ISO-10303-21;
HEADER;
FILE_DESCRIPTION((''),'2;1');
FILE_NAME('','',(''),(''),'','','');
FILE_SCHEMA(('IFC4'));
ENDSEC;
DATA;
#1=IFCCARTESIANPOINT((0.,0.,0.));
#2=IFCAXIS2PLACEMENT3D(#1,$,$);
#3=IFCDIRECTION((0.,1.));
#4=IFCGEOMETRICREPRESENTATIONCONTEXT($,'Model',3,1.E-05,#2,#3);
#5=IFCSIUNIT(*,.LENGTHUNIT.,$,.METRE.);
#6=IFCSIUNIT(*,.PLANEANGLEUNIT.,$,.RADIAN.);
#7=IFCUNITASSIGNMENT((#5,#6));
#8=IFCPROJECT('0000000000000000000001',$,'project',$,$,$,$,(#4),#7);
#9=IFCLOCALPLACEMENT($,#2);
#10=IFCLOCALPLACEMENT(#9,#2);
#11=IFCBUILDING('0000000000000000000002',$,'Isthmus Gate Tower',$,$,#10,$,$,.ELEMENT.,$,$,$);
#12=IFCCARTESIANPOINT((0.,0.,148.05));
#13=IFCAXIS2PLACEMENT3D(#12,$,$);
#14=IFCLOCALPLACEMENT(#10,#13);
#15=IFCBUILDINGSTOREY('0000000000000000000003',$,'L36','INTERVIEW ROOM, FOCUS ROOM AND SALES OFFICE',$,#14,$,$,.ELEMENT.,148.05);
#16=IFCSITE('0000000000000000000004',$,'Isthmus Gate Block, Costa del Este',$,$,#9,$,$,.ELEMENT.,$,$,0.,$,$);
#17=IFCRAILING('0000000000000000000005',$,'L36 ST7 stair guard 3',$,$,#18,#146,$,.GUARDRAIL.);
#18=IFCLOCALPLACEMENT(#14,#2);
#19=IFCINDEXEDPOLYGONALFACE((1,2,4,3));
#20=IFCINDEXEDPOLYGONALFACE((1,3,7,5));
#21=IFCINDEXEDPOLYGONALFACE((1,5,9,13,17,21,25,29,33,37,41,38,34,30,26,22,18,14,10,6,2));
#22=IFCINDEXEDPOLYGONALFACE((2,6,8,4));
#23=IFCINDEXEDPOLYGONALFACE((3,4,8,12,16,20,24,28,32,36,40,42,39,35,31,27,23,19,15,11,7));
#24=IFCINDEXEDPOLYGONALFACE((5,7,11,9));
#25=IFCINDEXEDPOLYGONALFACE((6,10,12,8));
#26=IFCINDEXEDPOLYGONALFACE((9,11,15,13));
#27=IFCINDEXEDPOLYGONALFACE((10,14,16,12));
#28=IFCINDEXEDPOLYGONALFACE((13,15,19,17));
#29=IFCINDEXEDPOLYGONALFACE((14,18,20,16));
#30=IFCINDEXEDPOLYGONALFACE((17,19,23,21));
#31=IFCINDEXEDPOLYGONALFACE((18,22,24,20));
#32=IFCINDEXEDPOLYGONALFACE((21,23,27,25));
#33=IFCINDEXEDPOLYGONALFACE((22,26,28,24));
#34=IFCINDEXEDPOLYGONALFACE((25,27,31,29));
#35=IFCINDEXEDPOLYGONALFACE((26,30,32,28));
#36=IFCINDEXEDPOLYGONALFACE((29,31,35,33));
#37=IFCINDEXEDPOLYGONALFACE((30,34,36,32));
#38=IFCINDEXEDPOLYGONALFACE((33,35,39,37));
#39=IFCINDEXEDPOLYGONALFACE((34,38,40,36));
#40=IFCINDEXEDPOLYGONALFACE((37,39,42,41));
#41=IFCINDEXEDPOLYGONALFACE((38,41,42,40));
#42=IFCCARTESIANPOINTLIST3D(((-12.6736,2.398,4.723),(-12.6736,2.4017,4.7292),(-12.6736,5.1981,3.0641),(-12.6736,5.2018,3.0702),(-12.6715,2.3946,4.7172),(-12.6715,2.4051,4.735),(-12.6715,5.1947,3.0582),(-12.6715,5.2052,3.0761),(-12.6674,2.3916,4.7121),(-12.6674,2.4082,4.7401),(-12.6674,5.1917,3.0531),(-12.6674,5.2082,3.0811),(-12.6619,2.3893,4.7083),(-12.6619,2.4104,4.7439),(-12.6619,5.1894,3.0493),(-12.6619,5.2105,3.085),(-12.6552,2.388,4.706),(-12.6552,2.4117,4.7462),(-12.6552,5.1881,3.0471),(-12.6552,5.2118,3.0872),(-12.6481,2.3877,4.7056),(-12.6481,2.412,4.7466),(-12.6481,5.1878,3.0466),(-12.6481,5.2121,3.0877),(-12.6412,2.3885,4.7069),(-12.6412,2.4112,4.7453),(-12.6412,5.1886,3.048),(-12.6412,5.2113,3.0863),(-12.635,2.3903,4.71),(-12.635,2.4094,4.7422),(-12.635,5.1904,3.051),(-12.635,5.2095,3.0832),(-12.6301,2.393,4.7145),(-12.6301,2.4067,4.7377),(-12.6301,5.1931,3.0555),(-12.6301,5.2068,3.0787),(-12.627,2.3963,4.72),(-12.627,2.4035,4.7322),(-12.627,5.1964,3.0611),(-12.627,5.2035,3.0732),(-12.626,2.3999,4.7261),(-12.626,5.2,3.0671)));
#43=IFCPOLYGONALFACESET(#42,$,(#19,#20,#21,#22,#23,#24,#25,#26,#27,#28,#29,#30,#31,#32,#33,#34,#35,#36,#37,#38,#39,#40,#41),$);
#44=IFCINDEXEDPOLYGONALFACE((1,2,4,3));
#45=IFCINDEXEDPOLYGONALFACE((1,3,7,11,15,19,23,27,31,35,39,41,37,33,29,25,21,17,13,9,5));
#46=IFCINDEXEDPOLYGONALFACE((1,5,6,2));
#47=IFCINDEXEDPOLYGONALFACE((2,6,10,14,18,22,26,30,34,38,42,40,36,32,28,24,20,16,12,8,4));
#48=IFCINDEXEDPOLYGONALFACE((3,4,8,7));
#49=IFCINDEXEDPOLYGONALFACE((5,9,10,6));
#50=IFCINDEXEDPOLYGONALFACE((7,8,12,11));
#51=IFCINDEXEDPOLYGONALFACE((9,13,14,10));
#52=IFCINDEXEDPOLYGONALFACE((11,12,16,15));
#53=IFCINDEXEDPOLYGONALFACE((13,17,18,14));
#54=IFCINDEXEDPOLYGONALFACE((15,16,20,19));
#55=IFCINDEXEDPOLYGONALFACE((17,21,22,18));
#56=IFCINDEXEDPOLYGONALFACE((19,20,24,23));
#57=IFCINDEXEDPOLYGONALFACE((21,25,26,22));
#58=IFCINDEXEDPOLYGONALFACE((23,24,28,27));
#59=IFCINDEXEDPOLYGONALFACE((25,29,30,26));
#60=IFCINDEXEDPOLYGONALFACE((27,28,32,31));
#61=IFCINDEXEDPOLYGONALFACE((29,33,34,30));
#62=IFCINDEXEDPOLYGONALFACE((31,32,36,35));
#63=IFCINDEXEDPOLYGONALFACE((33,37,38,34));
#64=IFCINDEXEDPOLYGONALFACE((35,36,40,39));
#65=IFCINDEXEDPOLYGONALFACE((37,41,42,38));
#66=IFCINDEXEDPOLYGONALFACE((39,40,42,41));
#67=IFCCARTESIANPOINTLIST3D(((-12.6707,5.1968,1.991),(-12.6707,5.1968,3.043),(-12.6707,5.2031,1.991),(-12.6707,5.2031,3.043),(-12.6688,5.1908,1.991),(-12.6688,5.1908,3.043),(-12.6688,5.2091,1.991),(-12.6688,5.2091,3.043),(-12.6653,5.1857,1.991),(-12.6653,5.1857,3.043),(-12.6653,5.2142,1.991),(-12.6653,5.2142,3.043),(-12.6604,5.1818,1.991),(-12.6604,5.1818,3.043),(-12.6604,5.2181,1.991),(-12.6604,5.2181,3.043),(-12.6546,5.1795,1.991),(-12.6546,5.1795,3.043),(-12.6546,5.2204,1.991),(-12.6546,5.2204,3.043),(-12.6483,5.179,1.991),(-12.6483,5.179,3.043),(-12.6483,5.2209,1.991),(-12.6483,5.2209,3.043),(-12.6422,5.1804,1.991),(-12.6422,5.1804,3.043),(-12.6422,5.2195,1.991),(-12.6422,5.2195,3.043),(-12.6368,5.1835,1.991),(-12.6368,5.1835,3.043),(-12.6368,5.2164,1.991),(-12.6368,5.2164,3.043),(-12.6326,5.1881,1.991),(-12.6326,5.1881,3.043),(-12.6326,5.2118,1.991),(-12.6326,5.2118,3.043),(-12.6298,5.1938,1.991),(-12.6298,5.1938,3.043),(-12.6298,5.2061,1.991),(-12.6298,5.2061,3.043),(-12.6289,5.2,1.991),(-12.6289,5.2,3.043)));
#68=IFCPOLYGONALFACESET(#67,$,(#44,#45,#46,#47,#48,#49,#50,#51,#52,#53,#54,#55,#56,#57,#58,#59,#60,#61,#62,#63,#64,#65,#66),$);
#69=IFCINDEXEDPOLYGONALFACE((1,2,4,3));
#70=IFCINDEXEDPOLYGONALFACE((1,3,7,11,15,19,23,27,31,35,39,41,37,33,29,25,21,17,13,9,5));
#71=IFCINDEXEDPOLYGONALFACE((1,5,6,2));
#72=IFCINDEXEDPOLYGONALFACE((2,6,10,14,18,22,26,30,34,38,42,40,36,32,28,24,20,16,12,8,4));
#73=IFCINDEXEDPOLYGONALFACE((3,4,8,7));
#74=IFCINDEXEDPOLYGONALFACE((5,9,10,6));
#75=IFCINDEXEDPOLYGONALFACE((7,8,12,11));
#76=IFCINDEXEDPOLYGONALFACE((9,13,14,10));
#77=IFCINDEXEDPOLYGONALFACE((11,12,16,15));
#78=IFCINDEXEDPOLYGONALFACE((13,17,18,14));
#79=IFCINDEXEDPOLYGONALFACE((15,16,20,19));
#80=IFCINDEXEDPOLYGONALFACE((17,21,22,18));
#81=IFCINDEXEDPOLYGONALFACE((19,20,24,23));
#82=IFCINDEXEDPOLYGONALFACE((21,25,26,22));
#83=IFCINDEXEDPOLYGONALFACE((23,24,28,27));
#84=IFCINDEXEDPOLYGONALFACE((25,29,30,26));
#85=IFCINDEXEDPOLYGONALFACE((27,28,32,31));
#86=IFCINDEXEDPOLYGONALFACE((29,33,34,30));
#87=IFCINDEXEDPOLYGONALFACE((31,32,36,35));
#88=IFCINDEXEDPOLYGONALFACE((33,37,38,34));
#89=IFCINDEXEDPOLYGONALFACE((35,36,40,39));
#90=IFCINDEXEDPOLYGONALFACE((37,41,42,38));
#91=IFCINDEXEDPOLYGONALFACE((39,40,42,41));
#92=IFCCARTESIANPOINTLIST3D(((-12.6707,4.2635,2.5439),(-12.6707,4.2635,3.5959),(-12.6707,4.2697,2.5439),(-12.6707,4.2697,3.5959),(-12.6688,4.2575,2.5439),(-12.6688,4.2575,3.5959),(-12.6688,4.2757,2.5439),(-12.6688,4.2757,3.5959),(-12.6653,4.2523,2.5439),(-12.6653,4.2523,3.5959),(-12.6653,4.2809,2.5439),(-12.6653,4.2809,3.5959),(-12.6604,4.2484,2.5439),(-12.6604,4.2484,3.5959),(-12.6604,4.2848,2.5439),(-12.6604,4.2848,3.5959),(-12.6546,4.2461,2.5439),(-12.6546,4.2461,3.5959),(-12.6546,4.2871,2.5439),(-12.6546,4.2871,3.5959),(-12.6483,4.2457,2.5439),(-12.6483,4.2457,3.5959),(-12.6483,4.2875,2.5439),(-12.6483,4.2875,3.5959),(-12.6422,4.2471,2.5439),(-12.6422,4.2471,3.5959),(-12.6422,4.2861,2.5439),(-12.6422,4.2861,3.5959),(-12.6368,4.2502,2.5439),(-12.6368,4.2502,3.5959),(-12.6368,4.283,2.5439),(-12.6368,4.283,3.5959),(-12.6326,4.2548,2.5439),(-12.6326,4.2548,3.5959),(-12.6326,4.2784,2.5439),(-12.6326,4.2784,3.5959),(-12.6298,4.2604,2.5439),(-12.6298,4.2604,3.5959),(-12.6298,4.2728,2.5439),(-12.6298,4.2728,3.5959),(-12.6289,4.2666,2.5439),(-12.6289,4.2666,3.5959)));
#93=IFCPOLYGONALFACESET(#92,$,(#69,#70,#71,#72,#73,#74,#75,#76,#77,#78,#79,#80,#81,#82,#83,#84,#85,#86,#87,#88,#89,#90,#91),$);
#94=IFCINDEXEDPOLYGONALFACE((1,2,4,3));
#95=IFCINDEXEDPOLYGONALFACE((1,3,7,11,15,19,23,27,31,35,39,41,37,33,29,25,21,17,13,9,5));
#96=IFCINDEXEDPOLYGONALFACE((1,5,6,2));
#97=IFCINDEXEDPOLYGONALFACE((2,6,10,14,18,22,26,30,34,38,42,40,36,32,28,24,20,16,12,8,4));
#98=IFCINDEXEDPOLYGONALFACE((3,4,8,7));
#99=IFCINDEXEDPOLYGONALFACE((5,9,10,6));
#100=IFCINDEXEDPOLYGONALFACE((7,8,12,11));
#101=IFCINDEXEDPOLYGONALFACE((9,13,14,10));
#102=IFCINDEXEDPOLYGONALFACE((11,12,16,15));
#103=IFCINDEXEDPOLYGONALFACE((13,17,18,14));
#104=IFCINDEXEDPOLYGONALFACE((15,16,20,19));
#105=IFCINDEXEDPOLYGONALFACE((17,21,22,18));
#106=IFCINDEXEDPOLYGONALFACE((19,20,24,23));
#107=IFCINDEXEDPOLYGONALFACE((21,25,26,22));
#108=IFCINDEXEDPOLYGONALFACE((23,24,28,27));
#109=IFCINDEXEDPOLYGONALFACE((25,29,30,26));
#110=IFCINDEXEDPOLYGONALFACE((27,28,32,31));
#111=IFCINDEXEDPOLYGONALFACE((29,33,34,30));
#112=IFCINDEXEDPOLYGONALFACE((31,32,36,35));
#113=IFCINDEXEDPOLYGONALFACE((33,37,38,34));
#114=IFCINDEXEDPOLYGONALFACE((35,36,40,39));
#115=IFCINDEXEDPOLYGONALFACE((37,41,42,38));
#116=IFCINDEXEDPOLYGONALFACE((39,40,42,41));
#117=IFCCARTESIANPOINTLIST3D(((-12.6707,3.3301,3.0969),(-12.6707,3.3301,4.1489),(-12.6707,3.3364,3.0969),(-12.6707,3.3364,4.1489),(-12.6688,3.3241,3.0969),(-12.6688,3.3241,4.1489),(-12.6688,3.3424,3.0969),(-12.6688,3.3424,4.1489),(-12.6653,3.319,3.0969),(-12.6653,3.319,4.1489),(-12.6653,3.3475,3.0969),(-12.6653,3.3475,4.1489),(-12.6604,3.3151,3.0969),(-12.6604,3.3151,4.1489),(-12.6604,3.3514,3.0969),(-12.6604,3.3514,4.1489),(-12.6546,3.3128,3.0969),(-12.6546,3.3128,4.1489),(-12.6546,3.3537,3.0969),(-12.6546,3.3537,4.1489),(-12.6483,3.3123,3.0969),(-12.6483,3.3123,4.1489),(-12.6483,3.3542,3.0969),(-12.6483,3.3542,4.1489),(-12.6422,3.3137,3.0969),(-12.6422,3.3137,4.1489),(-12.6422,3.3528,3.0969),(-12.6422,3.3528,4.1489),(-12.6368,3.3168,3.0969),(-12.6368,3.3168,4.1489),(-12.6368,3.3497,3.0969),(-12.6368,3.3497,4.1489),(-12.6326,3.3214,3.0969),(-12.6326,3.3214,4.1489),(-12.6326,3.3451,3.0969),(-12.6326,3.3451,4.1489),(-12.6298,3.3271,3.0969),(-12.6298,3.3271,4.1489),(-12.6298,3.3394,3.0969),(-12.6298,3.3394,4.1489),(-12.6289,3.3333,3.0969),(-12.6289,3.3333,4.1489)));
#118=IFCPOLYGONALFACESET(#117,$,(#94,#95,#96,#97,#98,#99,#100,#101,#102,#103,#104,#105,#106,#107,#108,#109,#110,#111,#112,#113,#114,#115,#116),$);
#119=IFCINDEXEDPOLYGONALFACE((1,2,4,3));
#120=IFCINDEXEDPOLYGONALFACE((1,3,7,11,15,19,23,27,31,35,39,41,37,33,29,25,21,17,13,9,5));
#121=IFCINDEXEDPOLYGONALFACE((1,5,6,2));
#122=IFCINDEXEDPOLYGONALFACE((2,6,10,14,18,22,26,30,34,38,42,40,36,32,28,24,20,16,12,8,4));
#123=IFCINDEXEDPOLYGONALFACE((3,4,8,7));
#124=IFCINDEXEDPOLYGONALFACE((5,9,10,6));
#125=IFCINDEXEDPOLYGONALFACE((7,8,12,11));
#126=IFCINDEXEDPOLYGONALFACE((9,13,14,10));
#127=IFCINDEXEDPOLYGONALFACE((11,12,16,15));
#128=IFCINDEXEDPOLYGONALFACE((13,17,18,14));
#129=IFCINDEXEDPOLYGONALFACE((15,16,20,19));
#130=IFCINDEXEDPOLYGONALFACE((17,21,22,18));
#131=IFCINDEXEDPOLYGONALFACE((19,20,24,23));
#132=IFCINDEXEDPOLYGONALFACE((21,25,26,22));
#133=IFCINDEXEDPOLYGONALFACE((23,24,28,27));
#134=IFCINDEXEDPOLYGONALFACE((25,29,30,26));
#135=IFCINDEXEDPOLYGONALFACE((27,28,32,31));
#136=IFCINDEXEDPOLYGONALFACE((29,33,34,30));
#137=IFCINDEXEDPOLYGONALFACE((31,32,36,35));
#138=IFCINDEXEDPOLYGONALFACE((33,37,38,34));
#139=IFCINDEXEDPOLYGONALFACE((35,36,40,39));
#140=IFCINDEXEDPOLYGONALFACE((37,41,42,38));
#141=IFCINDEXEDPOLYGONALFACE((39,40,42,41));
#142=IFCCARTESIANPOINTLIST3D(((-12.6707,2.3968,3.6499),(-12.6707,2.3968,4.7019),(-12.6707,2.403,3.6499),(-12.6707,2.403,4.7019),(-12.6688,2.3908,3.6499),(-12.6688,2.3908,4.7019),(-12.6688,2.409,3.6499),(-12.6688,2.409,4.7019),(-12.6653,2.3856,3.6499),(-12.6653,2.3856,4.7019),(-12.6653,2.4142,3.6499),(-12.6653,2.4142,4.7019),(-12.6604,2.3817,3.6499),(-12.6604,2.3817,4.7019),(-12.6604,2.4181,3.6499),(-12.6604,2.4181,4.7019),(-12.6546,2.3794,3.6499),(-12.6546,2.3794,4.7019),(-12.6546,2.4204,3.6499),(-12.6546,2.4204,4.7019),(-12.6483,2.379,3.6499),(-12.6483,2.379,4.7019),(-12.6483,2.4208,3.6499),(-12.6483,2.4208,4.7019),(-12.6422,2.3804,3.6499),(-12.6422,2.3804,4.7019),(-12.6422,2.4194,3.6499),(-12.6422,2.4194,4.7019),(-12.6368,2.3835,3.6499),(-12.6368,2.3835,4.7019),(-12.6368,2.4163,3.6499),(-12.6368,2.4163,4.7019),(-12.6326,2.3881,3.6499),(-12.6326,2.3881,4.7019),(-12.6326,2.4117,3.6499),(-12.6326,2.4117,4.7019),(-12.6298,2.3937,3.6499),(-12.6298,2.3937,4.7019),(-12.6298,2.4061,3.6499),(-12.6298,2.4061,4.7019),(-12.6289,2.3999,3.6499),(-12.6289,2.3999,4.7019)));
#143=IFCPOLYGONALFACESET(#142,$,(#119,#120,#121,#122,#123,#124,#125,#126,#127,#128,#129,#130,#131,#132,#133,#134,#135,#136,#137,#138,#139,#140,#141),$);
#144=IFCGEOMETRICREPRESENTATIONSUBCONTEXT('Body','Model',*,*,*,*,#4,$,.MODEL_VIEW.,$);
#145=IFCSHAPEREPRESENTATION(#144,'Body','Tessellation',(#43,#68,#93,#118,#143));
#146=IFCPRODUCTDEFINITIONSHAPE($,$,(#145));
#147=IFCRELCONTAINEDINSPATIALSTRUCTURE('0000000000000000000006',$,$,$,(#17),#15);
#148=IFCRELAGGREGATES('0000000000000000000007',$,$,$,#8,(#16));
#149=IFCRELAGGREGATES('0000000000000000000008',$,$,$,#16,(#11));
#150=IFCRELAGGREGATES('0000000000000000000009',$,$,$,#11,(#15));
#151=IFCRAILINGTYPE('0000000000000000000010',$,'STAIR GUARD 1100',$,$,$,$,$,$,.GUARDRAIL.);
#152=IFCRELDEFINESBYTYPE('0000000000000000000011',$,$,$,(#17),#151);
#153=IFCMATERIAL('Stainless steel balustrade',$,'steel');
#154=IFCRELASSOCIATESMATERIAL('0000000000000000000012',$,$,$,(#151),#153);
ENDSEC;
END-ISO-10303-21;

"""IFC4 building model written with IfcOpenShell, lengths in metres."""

from ifc_helpers import new_model, si_unit, direction, frame, origin, origin_2d, place, context, subcontext, project, spatial, circle, extrude, material, type_object, element, save


model = new_model("IFC4")

# Units and contexts
model_context = context("Model", 3, precision=1e-05, world=origin(), true_north=direction((0.0, 1.0)))
body_context = subcontext(model_context, "Body", "Model", "MODEL_VIEW")
ifc_project = project(units=[si_unit("LENGTHUNIT", "METRE"), si_unit("PLANEANGLEUNIT", "RADIAN")], contexts=[model_context])

# Site, building, storey
site_placement = place(None, origin())
site = spatial("IfcSite", under=ifc_project, at=site_placement, Name="Isthmus Gate Block, Costa del Este", CompositionType="ELEMENT", RefElevation=0.0)
building_placement = place(site_placement, origin())
building = spatial("IfcBuilding", under=site, at=building_placement, Name="Isthmus Gate Tower", CompositionType="ELEMENT")
storey_placement = place(building_placement, frame((0.0, 0.0, 148.05)))
storey = spatial("IfcBuildingStorey", under=building, at=storey_placement, Name="L36", Description="INTERVIEW ROOM, FOCUS ROOM AND SALES OFFICE", CompositionType="ELEMENT", Elevation=148.05)

# Railing
ifc_material_1 = material(Name="Stainless steel balustrade", Category="steel")
railing_type_1 = type_object("IfcRailingType", Name="STAIR GUARD 1100", PredefinedType="GUARDRAIL", material=ifc_material_1)
railing_1_placement = place(storey_placement, frame((-12.6499, 5.2, 1.991)))
element("IfcRailing", 1, at=railing_1_placement, inside=storey, type_object=railing_type_1, Name="L36 ST7 stair guard 3", PredefinedType="GUARDRAIL", context=body_context, shape_type="SweptSolid", body=[
    extrude(circle(Radius=0.0239, at=origin_2d()), frame((0.0, 0.0, 1.0762), z_axis=(0.0, -0.860339, 0.509722), x_axis=(1.0, 0.0, 0.0)), (0.0, 0.0, 1.0), 3.2546),
    extrude(circle(Radius=0.021, at=origin_2d()), origin(), (0.0, 0.0, 1.0), 1.052),
    extrude(circle(Radius=0.021, at=origin_2d()), frame((0.0, -0.9333, 0.553)), (0.0, 0.0, 1.0), 1.052),
    extrude(circle(Radius=0.021, at=origin_2d()), frame((0.0, -1.8667, 1.106)), (0.0, 0.0, 1.0), 1.052),
    extrude(circle(Radius=0.021, at=origin_2d()), frame((0.0, -2.8, 1.6589)), (0.0, 0.0, 1.0), 1.052),
])

save(model, "model.ifc")
